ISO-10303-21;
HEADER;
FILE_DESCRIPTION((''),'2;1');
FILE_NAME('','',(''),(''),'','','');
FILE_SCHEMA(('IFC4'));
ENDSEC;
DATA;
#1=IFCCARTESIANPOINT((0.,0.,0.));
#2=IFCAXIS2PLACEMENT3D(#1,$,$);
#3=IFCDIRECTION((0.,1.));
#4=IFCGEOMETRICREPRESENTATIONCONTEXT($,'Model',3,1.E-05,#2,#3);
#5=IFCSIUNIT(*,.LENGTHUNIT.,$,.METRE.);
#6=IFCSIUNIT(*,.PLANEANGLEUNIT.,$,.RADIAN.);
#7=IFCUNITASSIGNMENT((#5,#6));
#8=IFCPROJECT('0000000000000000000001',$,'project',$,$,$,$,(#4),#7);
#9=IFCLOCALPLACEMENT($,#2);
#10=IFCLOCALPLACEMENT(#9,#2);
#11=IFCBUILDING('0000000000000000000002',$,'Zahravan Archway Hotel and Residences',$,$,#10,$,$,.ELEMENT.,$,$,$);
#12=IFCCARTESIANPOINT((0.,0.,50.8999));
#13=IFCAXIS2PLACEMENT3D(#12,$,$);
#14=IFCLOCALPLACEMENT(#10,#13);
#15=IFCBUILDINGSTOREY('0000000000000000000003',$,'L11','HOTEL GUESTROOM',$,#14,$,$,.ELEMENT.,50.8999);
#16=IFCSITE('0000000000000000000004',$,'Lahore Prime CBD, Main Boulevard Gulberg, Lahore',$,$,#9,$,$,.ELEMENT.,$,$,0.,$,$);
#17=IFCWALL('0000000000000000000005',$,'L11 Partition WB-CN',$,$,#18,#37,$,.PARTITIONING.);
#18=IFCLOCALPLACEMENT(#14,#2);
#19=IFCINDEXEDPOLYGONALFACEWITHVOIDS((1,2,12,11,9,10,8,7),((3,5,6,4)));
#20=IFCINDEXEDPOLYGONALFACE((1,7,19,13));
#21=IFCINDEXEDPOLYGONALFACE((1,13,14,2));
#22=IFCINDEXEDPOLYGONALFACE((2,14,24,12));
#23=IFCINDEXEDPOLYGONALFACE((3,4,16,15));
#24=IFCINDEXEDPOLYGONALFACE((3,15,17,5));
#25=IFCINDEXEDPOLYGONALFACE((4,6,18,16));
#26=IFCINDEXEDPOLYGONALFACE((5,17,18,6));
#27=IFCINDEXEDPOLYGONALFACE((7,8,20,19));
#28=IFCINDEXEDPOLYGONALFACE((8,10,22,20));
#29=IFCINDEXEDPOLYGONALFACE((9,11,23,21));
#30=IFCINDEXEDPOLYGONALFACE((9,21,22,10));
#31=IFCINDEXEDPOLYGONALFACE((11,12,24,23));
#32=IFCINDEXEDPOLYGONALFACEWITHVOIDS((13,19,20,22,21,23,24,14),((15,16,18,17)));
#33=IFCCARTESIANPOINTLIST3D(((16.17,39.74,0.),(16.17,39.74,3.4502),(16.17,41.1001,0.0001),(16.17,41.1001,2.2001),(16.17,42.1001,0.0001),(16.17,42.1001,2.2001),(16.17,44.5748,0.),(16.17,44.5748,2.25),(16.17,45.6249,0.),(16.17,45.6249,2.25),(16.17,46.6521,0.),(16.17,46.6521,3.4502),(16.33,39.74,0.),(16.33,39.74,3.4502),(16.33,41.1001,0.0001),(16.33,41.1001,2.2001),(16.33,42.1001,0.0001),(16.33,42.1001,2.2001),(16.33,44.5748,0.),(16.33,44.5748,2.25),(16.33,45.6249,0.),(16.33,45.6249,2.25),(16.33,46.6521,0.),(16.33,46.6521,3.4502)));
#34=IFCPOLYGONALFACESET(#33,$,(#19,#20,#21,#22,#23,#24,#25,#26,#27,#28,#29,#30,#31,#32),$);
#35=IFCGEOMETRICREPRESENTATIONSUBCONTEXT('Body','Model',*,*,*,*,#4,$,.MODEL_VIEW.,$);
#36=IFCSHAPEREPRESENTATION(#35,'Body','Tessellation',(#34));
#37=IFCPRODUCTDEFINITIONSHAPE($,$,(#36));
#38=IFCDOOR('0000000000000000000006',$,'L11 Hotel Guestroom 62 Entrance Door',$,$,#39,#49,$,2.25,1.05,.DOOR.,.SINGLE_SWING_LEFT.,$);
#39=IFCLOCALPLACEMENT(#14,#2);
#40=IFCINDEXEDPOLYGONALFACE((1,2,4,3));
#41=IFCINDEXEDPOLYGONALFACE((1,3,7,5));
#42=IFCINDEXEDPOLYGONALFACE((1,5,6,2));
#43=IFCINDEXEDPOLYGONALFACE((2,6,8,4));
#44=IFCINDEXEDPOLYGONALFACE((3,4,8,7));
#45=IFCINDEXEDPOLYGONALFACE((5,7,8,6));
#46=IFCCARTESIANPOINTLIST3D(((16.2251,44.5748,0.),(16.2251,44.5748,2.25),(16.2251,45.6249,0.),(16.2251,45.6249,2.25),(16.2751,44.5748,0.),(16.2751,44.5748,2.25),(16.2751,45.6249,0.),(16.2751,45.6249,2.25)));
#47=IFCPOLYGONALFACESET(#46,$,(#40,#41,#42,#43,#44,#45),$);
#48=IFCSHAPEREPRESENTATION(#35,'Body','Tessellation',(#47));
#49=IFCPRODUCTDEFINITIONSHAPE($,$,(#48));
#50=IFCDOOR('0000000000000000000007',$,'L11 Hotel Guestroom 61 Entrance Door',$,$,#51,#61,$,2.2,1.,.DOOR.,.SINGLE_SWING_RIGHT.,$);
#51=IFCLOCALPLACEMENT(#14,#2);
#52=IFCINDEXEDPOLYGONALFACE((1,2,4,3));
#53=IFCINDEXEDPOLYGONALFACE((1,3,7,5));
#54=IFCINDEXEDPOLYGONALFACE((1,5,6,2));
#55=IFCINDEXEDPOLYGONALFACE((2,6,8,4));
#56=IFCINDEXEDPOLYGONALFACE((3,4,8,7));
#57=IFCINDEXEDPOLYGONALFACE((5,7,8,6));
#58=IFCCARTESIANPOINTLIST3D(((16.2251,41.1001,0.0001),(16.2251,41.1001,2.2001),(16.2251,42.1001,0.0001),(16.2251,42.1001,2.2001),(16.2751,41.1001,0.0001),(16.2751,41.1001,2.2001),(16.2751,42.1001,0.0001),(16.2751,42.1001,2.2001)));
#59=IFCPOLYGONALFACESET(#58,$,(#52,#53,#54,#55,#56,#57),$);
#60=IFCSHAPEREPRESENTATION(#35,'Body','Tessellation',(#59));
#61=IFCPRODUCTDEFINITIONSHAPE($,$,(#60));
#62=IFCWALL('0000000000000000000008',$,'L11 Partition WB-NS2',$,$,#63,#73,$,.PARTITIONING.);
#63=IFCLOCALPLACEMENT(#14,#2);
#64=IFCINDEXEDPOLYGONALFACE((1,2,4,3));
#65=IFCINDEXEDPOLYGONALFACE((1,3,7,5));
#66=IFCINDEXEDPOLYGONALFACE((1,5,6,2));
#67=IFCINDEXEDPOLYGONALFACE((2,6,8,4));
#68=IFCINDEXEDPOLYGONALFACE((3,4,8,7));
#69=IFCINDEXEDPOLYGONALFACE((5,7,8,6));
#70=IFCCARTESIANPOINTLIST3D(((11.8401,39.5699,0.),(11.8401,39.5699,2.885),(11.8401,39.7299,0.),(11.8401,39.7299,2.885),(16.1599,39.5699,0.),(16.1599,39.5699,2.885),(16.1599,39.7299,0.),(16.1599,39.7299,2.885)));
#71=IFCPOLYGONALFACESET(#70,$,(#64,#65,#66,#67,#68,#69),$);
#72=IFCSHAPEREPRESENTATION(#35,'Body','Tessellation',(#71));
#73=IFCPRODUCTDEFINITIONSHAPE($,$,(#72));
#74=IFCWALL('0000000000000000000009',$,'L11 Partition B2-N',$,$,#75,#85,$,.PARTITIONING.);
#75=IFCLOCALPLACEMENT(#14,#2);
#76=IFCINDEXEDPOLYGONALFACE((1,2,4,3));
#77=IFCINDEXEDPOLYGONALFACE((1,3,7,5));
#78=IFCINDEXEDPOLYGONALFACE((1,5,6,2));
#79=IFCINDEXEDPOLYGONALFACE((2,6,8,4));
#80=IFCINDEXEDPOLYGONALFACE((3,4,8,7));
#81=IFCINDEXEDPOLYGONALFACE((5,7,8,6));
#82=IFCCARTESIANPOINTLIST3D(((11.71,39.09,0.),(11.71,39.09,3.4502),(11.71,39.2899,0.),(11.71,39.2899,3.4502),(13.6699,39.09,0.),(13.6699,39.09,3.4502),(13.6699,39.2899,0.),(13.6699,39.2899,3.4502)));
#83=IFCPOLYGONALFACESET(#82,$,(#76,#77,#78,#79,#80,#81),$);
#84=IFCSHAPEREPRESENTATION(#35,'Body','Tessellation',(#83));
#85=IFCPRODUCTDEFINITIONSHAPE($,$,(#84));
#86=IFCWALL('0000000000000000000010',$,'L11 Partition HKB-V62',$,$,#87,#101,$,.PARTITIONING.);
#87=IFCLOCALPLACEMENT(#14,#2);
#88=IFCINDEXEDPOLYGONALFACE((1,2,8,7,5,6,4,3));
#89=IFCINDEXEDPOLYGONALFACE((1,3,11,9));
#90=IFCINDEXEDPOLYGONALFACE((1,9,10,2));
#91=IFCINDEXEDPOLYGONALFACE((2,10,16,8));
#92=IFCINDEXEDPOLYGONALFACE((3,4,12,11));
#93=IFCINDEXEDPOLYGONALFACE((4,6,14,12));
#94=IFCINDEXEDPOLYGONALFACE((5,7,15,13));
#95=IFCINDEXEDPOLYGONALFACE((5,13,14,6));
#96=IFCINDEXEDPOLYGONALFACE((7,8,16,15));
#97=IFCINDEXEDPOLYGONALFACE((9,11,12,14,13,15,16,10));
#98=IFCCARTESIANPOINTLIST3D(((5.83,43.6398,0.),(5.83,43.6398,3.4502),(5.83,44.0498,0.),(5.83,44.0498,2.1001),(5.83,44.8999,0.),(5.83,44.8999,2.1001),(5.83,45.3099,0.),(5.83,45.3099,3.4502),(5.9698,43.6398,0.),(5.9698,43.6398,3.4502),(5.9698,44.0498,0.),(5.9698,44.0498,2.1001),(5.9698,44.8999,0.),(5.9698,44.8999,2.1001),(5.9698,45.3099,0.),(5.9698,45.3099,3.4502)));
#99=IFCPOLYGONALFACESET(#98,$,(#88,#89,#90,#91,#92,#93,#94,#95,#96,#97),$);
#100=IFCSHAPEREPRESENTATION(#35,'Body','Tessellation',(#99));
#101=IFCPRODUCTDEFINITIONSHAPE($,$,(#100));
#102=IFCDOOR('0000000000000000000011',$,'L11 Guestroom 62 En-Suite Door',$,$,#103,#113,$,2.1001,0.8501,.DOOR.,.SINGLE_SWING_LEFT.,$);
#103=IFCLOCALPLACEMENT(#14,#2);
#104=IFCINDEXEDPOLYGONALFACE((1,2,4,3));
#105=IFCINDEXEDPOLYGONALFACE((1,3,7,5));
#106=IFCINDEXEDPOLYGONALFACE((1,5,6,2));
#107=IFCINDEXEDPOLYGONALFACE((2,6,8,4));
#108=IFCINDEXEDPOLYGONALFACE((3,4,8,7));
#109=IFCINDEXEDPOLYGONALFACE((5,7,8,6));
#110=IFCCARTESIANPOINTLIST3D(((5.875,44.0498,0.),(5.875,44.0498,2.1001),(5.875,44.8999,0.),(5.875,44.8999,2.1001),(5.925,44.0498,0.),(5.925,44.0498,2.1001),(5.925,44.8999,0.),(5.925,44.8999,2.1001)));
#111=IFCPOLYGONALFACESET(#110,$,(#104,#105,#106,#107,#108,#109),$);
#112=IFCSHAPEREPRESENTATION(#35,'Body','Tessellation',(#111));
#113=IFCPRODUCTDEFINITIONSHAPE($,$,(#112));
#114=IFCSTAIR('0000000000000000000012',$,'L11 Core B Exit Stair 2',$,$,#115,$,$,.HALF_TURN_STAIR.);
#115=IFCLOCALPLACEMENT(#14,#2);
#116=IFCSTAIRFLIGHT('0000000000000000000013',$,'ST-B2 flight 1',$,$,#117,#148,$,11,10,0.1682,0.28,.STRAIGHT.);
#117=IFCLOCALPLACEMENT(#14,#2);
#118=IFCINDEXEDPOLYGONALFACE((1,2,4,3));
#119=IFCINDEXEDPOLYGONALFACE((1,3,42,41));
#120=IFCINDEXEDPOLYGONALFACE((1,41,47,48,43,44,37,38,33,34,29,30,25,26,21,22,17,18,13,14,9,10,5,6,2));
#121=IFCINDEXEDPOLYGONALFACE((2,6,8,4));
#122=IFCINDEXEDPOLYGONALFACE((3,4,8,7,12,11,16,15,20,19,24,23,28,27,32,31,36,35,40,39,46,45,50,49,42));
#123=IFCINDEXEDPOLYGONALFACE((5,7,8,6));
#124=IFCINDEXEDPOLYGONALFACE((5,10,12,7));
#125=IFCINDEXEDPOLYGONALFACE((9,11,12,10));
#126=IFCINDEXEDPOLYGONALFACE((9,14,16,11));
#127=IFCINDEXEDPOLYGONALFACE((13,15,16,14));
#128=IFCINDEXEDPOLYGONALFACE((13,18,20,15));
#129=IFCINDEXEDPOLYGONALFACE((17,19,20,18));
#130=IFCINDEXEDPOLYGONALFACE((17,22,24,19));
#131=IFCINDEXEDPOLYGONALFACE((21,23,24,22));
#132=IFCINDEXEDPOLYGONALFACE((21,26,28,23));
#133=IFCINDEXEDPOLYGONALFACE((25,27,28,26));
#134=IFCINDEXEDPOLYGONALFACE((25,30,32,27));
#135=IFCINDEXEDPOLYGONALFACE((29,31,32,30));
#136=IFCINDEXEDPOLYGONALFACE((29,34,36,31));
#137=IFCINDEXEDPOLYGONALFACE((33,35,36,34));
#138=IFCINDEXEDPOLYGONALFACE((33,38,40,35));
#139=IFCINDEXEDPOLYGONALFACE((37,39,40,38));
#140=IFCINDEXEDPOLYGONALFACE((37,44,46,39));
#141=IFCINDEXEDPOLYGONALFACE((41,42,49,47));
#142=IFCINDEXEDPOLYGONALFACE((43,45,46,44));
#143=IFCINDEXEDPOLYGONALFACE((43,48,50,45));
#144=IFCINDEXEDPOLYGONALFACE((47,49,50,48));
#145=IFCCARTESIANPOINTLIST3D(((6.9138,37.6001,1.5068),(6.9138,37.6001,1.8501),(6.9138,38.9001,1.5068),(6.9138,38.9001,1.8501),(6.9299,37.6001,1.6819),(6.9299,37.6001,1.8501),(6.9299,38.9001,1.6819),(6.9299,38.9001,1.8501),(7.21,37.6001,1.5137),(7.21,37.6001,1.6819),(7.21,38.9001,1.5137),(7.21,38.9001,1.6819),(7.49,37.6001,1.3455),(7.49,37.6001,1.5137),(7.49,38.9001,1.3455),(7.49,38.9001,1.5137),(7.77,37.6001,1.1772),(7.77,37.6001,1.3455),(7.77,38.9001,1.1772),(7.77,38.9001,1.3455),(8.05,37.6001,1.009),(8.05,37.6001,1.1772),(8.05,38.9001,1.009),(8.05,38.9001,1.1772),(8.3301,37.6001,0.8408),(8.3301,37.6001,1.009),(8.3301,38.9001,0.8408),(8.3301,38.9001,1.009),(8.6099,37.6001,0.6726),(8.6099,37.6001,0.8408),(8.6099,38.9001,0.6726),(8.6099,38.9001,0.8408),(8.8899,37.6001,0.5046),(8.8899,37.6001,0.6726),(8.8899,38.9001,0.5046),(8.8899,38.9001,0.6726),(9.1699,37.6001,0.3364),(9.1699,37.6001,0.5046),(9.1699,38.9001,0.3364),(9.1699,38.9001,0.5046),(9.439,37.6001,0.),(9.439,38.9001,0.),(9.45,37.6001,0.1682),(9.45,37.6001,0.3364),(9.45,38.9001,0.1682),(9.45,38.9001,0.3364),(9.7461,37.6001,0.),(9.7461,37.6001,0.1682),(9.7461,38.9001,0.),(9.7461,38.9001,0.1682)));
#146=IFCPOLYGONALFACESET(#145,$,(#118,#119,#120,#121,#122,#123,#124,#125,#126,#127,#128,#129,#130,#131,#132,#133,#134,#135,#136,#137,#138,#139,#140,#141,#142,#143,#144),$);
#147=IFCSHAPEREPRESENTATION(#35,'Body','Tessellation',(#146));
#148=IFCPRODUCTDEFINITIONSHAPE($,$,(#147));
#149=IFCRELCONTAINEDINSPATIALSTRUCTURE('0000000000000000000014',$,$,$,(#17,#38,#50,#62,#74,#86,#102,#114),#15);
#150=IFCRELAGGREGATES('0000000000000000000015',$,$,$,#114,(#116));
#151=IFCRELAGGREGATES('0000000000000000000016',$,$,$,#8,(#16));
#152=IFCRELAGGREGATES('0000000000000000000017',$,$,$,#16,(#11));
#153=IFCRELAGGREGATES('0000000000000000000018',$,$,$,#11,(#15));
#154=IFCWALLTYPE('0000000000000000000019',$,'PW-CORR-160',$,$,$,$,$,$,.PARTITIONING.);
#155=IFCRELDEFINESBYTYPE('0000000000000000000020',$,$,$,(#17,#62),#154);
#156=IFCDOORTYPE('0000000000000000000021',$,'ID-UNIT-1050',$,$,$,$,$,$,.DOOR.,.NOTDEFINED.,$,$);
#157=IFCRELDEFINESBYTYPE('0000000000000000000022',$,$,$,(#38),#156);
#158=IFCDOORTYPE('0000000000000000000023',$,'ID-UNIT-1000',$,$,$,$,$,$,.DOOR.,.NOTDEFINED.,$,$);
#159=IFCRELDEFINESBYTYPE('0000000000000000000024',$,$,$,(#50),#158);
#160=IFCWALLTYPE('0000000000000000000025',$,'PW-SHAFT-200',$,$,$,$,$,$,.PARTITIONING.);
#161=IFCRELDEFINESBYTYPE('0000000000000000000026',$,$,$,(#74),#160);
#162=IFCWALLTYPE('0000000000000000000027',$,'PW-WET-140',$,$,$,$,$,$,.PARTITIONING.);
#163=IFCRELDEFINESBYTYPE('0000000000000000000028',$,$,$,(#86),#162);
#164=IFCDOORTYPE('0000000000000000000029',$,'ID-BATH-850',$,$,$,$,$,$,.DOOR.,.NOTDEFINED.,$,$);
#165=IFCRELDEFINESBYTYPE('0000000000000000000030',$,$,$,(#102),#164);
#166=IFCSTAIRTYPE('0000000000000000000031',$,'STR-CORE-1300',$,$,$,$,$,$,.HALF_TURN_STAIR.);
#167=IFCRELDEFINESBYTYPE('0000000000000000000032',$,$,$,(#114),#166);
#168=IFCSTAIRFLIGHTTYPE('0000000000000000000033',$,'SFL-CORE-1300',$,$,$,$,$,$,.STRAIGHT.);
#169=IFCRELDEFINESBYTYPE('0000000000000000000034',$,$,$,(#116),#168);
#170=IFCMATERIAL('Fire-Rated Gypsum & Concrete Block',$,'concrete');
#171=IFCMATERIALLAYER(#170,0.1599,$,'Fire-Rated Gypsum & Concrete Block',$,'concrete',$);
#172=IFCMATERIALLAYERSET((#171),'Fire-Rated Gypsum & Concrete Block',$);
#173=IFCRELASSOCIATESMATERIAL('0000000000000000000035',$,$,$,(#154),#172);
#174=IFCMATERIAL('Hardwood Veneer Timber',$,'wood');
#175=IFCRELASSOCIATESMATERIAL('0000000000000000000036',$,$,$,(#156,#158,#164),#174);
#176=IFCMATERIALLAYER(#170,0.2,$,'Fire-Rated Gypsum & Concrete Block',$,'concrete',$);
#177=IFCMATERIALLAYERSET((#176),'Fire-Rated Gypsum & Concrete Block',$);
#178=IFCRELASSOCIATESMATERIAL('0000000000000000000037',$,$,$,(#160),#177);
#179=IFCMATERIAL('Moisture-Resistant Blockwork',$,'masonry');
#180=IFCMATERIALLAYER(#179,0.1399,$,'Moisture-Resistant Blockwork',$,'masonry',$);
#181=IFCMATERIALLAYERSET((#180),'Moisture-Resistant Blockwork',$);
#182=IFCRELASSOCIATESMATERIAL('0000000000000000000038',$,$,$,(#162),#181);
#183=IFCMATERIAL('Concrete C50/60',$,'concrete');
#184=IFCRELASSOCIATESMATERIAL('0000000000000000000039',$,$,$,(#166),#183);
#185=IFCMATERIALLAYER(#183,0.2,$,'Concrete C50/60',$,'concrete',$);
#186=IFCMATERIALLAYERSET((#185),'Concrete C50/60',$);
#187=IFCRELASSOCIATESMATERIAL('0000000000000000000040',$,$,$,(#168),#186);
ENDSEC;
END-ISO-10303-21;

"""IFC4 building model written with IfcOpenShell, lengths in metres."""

from ifc_helpers import new_model, si_unit, direction, frame, frame_2d, origin, place, context, subcontext, project, spatial, polyline, rectangle, outline, extrude, source, transform, mapped, material, layer, layer_set, type_object, type_shapes, element, fill, aggregate, save


model = new_model("IFC4")

# Units and contexts
model_context = context("Model", 3, precision=1e-05, world=origin(), true_north=direction((0.0, 1.0)))
body_context = subcontext(model_context, "Body", "Model", "MODEL_VIEW")
ifc_project = project(units=[si_unit("LENGTHUNIT", "METRE"), si_unit("PLANEANGLEUNIT", "RADIAN")], contexts=[model_context])

# Site, building, storey
site_placement = place(None, origin())
site = spatial("IfcSite", under=ifc_project, at=site_placement, Name="Lahore Prime CBD, Main Boulevard Gulberg, Lahore", CompositionType="ELEMENT", RefElevation=0.0)
building_placement = place(site_placement, origin())
building = spatial("IfcBuilding", under=site, at=building_placement, Name="Zahravan Archway Hotel and Residences", CompositionType="ELEMENT")
storey_placement = place(building_placement, frame((0.0, 0.0, 50.8999)))
storey = spatial("IfcBuildingStorey", under=building, at=storey_placement, Name="L11", Description="HOTEL GUESTROOM", CompositionType="ELEMENT", Elevation=50.8999)

# Wall, openings, doors
ifc_material_1 = material(Name="Fire-Rated Gypsum & Concrete Block", Category="concrete")
ifc_layer_1 = layer(ifc_material_1, 0.1599, Name="Fire-Rated Gypsum & Concrete Block", Category="concrete")
ifc_layer_set_1 = layer_set([ifc_layer_1], Name="Fire-Rated Gypsum & Concrete Block")
wall_type_1 = type_object("IfcWallType", Name="PW-CORR-160", PredefinedType="PARTITIONING", material=ifc_layer_set_1)
wall_1_placement = place(storey_placement, frame((16.25, 39.74, 0.0), z_axis=(0.0, 0.0, 1.0), x_axis=(0.0, 1.0, 0.0)))
wall_1 = element("IfcWall", 1, at=wall_1_placement, inside=storey, type_object=wall_type_1, Name="L11 Partition WB-CN", PredefinedType="PARTITIONING", context=body_context, shape_type="SweptSolid", body=[
    extrude(rectangle(XDim=6.9121, YDim=0.1599, at=frame_2d((3.4561, 0.0))), origin(), (0.0, 0.0, 1.0), 3.4502),
])
opening_1_placement = place(wall_1_placement, frame((1.3601, 0.0, 0.0)))
opening_1 = element("IfcOpeningElement", 2, at=opening_1_placement, cuts=wall_1, PredefinedType="OPENING", context=body_context, shape_type="SweptSolid", body=[
    extrude(rectangle(XDim=1.0, YDim=2.2, at=frame_2d((0.5, 1.1001))), frame((0.0, 0.0898, 0.0), z_axis=(0.0, -1.0, 0.0), x_axis=(1.0, 0.0, 0.0)), (0.0, 0.0, 1.0), 0.1799),
])
opening_2_placement = place(wall_1_placement, frame((4.835, 0.0, 0.0)))
opening_2 = element("IfcOpeningElement", 3, at=opening_2_placement, cuts=wall_1, PredefinedType="OPENING", context=body_context, shape_type="SweptSolid", body=[
    extrude(rectangle(XDim=1.05, YDim=2.25, at=frame_2d((0.5249, 1.125))), frame((0.0, 0.0898, 0.0), z_axis=(0.0, -1.0, 0.0), x_axis=(1.0, 0.0, 0.0)), (0.0, 0.0, 1.0), 0.1799),
])
ifc_material_2 = material(Name="Hardwood Veneer Timber", Category="wood")
door_type_1 = type_object("IfcDoorType", Name="ID-UNIT-1050", OperationType="NOTDEFINED", PredefinedType="DOOR", material=ifc_material_2)
shared_shape_1 = source(origin(), body_context, "Body", "SweptSolid", [
    extrude(rectangle(XDim=1.05, YDim=2.25, at=frame_2d((0.5249, 1.125))), frame((0.0, 0.0249, 0.0), z_axis=(0.0, -1.0, 0.0), x_axis=(1.0, 0.0, 0.0)), (0.0, 0.0, 1.0), 0.05),
])
type_shapes(door_type_1, [shared_shape_1])
door_1_placement = place(opening_2_placement, origin())
door_1 = element("IfcDoor", 4, at=door_1_placement, inside=storey, type_object=door_type_1, Name="L11 Hotel Guestroom 62 Entrance Door", OperationType="SINGLE_SWING_LEFT", OverallHeight=2.25, OverallWidth=1.05, PredefinedType="DOOR", context=body_context, shape_type="MappedRepresentation", body=[
    mapped(shared_shape_1, transform((0.0, 0.0, 0.0), scale=1.0)),
])
fill(opening_2, door_1)
door_type_2 = type_object("IfcDoorType", Name="ID-UNIT-1000", OperationType="NOTDEFINED", PredefinedType="DOOR", material=ifc_material_2)
shared_shape_2 = source(origin(), body_context, "Body", "SweptSolid", [
    extrude(rectangle(XDim=1.0, YDim=2.2, at=frame_2d((0.5, 1.1001))), frame((0.0, 0.0249, 0.0), z_axis=(0.0, -1.0, 0.0), x_axis=(1.0, 0.0, 0.0)), (0.0, 0.0, 1.0), 0.05),
])
type_shapes(door_type_2, [shared_shape_2])
door_2_placement = place(opening_1_placement, origin())
door_2 = element("IfcDoor", 5, at=door_2_placement, inside=storey, type_object=door_type_2, Name="L11 Hotel Guestroom 61 Entrance Door", OperationType="SINGLE_SWING_RIGHT", OverallHeight=2.2, OverallWidth=1.0, PredefinedType="DOOR", context=body_context, shape_type="MappedRepresentation", body=[
    mapped(shared_shape_2, transform((0.0, 0.0, 0.0), scale=1.0)),
])
fill(opening_1, door_2)

# Walls
wall_2_placement = place(storey_placement, frame((11.8401, 39.6499, 0.0), z_axis=(0.0, 0.0, 1.0), x_axis=(1.0, 0.0, 0.0)))
element("IfcWall", 6, at=wall_2_placement, inside=storey, type_object=wall_type_1, Name="L11 Partition WB-NS2", PredefinedType="PARTITIONING", context=body_context, shape_type="SweptSolid", body=[
    extrude(rectangle(XDim=4.3198, YDim=0.1599, at=frame_2d((2.1599, 0.0))), origin(), (0.0, 0.0, 1.0), 2.885),
])
ifc_layer_2 = layer(ifc_material_1, 0.2, Name="Fire-Rated Gypsum & Concrete Block", Category="concrete")
ifc_layer_set_2 = layer_set([ifc_layer_2], Name="Fire-Rated Gypsum & Concrete Block")
wall_type_2 = type_object("IfcWallType", Name="PW-SHAFT-200", PredefinedType="PARTITIONING", material=ifc_layer_set_2)
wall_3_placement = place(storey_placement, frame((11.71, 39.1899, 0.0), z_axis=(0.0, 0.0, 1.0), x_axis=(1.0, 0.0, 0.0)))
element("IfcWall", 7, at=wall_3_placement, inside=storey, type_object=wall_type_2, Name="L11 Partition B2-N", PredefinedType="PARTITIONING", context=body_context, shape_type="SweptSolid", body=[
    extrude(rectangle(XDim=1.96, YDim=0.2, at=frame_2d((0.98, 0.0))), origin(), (0.0, 0.0, 1.0), 3.4502),
])

# Wall, opening, door
ifc_material_3 = material(Name="Moisture-Resistant Blockwork", Category="masonry")
ifc_layer_3 = layer(ifc_material_3, 0.1399, Name="Moisture-Resistant Blockwork", Category="masonry")
ifc_layer_set_3 = layer_set([ifc_layer_3], Name="Moisture-Resistant Blockwork")
wall_type_3 = type_object("IfcWallType", Name="PW-WET-140", PredefinedType="PARTITIONING", material=ifc_layer_set_3)
wall_4_placement = place(storey_placement, frame((5.8999, 43.6399, 0.0), z_axis=(0.0, 0.0, 1.0), x_axis=(0.0, 1.0, 0.0)))
wall_4 = element("IfcWall", 8, at=wall_4_placement, inside=storey, type_object=wall_type_3, Name="L11 Partition HKB-V62", PredefinedType="PARTITIONING", context=body_context, shape_type="SweptSolid", body=[
    extrude(rectangle(XDim=1.6702, YDim=0.1399, at=frame_2d((0.835, 0.0))), origin(), (0.0, 0.0, 1.0), 3.4502),
])
opening_3_placement = place(wall_4_placement, frame((0.4099, 0.0, 0.0)))
opening_3 = element("IfcOpeningElement", 9, at=opening_3_placement, cuts=wall_4, PredefinedType="OPENING", context=body_context, shape_type="SweptSolid", body=[
    extrude(rectangle(XDim=0.8501, YDim=2.1001, at=frame_2d((0.425, 1.05))), frame((0.0, 0.0801, 0.0), z_axis=(0.0, -1.0, 0.0), x_axis=(1.0, 0.0, 0.0)), (0.0, 0.0, 1.0), 0.1599),
])
door_type_3 = type_object("IfcDoorType", Name="ID-BATH-850", OperationType="NOTDEFINED", PredefinedType="DOOR", material=ifc_material_2)
shared_shape_3 = source(origin(), body_context, "Body", "SweptSolid", [
    extrude(rectangle(XDim=0.8501, YDim=2.1001, at=frame_2d((0.425, 1.05))), frame((0.0, 0.0249, 0.0), z_axis=(0.0, -1.0, 0.0), x_axis=(1.0, 0.0, 0.0)), (0.0, 0.0, 1.0), 0.05),
])
type_shapes(door_type_3, [shared_shape_3])
door_3_placement = place(opening_3_placement, origin())
door_3 = element("IfcDoor", 10, at=door_3_placement, inside=storey, type_object=door_type_3, Name="L11 Guestroom 62 En-Suite Door", OperationType="SINGLE_SWING_LEFT", OverallHeight=2.1001, OverallWidth=0.8501, PredefinedType="DOOR", context=body_context, shape_type="MappedRepresentation", body=[
    mapped(shared_shape_3, transform((0.0, 0.0, 0.0), scale=1.0)),
])
fill(opening_3, door_3)

# Stair, stair flight
ifc_material_4 = material(Name="Concrete C50/60", Category="concrete")
stair_type = type_object("IfcStairType", Name="STR-CORE-1300", PredefinedType="HALF_TURN_STAIR", material=ifc_material_4)
stair_placement = place(storey_placement, origin())
stair = element("IfcStair", 11, at=stair_placement, inside=storey, type_object=stair_type, Name="L11 Core B Exit Stair 2", PredefinedType="HALF_TURN_STAIR")
ifc_layer_4 = layer(ifc_material_4, 0.2, Name="Concrete C50/60", Category="concrete")
ifc_layer_set_4 = layer_set([ifc_layer_4], Name="Concrete C50/60")
stair_flight_type = type_object("IfcStairFlightType", Name="SFL-CORE-1300", PredefinedType="STRAIGHT", material=ifc_layer_set_4)
shared_shape_4 = source(origin(), body_context, "Body", "SweptSolid", [
    extrude(outline(polyline([(-0.0161, 0.0), (-0.0161, 0.1682), (0.28, 0.1682), (0.28, 0.3364), (0.5601, 0.3364), (0.5601, 0.5046), (0.8401, 0.5046), (0.8401, 0.6726), (1.1201, 0.6726), (1.1201, 0.8408), (1.3999, 0.8408), (1.3999, 1.009), (1.6799, 1.009), (1.6799, 1.1772), (1.96, 1.1772), (1.96, 1.3455), (2.24, 1.3455), (2.24, 1.5137), (2.52, 1.5137), (2.52, 1.6819), (2.8, 1.6819), (2.8, 1.8501), (2.8162, 1.8501), (2.8162, 1.5068), (0.291, 0.0), (-0.0161, 0.0)])), frame((0.0, 0.6499, 0.0), z_axis=(0.0, -1.0, 0.0), x_axis=(1.0, 0.0, 0.0)), (0.0, 0.0, 1.0), 1.3),
])
stair_flight_placement = place(storey_placement, frame((9.73, 38.25, 0.0), z_axis=(0.0, 0.0, 1.0), x_axis=(-1.0, 0.0, 0.0)))
stair_flight = element("IfcStairFlight", 12, at=stair_flight_placement, type_object=stair_flight_type, Name="ST-B2 flight 1", NumberOfRisers=11, NumberOfTreads=10, PredefinedType="STRAIGHT", RiserHeight=0.1682, TreadLength=0.28, context=body_context, shape_type="MappedRepresentation", body=[
    mapped(shared_shape_4, transform((0.0, 0.0, 0.0), scale=1.0)),
])
aggregate(stair, [stair_flight])

save(model, "model.ifc")
